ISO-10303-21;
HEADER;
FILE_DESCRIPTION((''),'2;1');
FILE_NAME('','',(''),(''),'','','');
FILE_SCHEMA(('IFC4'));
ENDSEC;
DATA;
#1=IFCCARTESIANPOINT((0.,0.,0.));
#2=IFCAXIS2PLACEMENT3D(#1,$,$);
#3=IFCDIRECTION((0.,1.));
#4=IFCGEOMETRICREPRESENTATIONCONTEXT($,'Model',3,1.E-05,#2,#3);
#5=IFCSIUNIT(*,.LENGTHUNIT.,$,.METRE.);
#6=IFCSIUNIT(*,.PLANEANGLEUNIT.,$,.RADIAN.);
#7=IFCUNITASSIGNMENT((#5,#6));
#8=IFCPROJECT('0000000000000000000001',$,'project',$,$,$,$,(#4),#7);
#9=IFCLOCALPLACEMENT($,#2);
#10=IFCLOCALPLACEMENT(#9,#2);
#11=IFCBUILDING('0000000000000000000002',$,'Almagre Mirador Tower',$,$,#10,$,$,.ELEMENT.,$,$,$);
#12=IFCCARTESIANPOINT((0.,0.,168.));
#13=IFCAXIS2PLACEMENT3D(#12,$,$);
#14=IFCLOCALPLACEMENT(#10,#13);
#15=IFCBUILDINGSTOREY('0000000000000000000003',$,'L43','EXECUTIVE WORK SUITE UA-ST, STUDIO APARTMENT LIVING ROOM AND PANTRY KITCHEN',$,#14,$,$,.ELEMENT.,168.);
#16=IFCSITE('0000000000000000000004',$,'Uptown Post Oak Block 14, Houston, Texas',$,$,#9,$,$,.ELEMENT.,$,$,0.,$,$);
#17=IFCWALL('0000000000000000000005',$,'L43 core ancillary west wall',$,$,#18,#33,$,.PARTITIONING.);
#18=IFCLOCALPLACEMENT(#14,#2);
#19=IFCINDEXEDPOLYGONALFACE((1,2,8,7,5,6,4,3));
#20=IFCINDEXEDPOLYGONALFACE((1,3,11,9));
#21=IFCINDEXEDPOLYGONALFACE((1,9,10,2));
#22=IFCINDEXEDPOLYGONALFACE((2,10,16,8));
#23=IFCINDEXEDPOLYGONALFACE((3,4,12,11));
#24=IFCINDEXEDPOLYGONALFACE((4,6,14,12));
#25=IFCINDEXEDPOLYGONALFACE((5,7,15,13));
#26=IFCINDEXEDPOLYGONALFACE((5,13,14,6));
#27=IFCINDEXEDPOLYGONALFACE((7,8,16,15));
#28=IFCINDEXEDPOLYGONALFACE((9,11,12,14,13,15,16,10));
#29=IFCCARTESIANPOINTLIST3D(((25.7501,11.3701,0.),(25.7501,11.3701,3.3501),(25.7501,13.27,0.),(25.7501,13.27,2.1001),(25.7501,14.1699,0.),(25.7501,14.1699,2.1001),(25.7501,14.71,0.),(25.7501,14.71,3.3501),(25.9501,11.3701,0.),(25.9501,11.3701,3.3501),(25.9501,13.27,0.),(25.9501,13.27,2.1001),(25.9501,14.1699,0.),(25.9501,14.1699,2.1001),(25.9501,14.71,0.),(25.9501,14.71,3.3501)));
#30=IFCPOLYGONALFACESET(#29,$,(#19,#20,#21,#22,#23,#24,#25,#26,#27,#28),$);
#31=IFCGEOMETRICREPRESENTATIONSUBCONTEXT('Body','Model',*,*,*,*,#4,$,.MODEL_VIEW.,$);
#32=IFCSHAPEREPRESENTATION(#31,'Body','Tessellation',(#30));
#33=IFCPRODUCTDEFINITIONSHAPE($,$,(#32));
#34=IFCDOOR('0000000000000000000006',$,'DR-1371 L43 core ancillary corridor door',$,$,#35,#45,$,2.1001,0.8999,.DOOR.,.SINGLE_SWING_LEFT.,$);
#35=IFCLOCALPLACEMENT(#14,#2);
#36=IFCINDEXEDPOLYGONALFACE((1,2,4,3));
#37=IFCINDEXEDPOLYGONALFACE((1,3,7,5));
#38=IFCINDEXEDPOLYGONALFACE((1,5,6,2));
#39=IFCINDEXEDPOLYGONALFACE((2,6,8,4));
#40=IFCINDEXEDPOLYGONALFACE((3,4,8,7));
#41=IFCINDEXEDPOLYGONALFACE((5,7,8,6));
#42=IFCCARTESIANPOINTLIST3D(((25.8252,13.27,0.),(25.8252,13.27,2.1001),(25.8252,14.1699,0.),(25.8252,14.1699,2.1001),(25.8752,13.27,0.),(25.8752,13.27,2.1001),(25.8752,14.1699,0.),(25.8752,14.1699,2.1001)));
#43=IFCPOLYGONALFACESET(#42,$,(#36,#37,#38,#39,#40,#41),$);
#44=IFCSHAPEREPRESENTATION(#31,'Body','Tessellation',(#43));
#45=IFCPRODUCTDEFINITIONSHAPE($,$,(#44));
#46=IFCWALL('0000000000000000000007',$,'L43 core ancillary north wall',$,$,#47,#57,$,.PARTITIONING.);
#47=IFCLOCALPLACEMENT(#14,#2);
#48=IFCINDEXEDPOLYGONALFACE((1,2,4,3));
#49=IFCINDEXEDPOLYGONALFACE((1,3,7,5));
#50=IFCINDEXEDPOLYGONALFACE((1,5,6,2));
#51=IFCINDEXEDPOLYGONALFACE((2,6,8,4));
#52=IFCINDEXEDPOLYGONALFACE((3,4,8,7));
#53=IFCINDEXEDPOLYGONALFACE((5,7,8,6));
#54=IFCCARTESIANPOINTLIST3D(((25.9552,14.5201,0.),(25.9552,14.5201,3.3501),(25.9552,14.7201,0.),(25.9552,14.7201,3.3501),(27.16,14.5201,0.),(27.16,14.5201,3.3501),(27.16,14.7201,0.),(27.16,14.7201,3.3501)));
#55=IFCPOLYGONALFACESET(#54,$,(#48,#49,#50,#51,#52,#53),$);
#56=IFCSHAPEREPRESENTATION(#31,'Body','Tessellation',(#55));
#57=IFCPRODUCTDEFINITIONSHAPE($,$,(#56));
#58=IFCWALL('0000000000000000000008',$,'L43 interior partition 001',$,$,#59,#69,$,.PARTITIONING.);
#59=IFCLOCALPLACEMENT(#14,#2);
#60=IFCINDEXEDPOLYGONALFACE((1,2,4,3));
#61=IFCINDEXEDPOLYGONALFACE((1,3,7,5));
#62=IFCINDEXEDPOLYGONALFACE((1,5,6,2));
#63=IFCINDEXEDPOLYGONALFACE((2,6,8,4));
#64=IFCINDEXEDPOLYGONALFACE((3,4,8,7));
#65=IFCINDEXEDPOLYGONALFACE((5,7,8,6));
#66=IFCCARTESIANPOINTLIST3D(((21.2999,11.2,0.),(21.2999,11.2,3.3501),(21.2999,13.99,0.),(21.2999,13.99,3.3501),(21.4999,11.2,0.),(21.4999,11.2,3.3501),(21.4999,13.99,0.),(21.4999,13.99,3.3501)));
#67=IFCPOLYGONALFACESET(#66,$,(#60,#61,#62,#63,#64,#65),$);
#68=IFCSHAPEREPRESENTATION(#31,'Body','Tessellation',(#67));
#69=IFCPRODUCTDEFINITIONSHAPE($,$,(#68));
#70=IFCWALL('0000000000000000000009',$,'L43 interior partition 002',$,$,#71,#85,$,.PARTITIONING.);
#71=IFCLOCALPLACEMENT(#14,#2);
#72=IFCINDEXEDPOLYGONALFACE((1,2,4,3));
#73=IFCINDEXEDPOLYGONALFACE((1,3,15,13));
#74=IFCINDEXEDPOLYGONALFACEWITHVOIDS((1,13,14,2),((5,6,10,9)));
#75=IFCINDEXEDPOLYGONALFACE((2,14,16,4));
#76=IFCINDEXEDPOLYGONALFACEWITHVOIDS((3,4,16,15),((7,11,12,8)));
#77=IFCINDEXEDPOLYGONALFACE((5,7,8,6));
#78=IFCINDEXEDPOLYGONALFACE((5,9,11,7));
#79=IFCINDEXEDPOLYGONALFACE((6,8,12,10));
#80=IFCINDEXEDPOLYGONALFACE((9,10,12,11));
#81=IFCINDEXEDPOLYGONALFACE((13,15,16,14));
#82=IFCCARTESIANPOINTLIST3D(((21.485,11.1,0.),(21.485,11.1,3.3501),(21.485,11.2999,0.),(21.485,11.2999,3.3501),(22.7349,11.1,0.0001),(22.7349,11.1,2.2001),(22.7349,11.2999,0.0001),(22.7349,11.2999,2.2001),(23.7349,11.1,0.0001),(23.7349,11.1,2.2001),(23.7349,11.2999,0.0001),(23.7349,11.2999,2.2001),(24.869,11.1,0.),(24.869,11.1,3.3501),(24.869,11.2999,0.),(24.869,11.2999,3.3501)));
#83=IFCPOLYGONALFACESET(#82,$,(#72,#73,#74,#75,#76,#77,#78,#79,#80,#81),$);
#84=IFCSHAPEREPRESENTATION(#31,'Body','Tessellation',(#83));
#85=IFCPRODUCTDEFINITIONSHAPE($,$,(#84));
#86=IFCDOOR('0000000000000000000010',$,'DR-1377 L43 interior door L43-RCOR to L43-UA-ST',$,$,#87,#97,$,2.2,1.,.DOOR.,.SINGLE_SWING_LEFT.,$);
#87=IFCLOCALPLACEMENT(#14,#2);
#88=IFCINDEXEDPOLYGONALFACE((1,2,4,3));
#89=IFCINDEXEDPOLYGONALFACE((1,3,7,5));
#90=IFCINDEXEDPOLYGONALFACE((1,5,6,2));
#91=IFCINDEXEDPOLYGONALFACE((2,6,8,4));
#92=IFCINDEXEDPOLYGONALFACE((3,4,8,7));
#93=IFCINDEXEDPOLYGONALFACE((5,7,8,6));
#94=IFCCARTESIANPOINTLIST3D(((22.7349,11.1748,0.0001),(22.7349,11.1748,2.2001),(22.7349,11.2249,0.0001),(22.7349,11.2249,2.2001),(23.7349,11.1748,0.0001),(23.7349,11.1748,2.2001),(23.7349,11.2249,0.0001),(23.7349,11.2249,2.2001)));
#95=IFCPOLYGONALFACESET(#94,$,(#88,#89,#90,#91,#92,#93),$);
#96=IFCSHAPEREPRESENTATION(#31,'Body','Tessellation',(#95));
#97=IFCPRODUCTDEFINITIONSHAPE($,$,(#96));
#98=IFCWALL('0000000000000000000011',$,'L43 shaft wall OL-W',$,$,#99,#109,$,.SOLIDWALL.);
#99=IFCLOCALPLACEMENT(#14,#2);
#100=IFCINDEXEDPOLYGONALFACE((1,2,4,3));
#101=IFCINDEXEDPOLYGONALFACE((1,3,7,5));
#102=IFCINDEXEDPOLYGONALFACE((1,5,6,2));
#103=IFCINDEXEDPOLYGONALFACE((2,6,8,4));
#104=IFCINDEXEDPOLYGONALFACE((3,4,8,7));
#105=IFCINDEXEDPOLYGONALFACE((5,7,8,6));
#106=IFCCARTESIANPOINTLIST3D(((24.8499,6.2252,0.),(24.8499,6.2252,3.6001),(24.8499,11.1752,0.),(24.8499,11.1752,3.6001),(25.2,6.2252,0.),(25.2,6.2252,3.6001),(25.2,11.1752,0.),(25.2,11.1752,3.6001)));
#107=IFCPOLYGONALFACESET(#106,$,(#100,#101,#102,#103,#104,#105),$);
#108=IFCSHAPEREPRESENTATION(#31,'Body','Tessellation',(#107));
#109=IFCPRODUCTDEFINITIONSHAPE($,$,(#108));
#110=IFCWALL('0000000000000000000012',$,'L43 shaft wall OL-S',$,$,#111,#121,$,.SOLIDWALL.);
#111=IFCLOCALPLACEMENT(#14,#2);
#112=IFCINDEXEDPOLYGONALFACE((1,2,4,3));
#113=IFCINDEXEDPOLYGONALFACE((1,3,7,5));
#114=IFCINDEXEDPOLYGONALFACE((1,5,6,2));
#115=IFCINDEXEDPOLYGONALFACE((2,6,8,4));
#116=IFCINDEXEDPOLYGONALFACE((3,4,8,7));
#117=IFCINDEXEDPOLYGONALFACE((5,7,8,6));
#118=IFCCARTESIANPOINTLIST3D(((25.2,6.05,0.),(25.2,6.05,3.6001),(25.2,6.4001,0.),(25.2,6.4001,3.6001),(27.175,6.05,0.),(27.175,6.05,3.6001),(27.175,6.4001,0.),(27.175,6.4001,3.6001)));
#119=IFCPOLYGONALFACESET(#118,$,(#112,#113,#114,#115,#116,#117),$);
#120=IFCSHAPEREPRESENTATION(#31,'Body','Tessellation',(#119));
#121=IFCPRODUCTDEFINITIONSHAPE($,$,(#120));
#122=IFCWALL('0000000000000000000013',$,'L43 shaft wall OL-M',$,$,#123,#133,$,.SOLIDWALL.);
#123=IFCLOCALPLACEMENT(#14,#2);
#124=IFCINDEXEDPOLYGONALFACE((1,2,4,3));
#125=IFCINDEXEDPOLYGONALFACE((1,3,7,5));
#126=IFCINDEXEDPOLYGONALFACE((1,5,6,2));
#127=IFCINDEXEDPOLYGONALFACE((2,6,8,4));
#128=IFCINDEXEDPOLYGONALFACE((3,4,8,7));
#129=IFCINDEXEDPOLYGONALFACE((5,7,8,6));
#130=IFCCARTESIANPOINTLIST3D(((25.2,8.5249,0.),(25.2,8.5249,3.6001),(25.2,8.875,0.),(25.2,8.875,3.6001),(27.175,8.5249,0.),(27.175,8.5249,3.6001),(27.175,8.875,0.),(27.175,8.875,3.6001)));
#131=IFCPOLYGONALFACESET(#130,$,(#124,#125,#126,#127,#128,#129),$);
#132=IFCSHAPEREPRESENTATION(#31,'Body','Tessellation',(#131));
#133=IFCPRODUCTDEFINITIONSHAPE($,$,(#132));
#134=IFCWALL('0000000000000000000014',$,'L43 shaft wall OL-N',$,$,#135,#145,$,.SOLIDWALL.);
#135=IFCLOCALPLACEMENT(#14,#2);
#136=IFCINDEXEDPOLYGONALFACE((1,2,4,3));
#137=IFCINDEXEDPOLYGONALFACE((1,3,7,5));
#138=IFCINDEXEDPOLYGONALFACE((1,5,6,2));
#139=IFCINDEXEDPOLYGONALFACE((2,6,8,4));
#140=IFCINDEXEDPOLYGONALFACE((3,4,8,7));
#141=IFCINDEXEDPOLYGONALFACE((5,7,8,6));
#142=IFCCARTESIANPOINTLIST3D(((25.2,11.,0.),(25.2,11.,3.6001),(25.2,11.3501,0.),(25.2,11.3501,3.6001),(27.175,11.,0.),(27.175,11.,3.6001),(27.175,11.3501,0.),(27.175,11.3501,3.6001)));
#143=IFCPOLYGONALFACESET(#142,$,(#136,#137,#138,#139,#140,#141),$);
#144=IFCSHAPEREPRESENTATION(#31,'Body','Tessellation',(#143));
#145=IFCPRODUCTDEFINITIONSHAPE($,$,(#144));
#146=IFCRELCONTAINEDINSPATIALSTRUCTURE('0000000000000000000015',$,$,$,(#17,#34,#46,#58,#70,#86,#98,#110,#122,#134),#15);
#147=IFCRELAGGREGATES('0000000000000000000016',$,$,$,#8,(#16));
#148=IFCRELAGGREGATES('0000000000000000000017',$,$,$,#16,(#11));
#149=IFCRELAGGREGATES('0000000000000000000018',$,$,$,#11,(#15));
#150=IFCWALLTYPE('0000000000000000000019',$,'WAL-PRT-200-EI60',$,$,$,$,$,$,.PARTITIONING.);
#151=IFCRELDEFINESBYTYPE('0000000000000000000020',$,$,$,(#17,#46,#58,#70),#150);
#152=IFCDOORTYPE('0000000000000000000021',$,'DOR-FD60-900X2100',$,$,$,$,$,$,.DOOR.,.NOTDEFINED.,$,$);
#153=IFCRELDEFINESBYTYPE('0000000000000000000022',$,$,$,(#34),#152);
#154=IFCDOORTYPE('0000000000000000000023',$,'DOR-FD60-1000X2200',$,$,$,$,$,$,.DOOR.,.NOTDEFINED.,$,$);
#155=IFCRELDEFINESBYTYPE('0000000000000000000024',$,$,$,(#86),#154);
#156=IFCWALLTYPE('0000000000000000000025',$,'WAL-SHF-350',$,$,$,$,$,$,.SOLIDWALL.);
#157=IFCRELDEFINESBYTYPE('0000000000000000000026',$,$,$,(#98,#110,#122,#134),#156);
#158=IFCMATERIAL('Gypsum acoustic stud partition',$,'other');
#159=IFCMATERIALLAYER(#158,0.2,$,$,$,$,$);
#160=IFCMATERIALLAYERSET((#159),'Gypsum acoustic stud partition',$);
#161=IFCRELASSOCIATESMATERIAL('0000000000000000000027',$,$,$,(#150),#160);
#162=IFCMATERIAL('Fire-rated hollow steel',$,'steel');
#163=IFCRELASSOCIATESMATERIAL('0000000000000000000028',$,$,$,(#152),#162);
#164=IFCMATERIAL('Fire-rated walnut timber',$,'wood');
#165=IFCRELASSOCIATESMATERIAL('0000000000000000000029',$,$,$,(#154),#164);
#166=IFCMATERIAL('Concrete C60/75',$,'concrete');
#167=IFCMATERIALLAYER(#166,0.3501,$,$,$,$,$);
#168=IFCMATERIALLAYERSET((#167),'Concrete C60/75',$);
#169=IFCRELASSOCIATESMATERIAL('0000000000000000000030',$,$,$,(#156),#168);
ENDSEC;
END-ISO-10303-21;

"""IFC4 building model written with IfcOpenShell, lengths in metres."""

from ifc_helpers import new_model, si_unit, direction, frame, frame_2d, origin, place, context, subcontext, project, spatial, rectangle, extrude, material, layer, layer_set, type_object, element, fill, save


model = new_model("IFC4")

# Units and contexts
model_context = context("Model", 3, precision=1e-05, world=origin(), true_north=direction((0.0, 1.0)))
body_context = subcontext(model_context, "Body", "Model", "MODEL_VIEW")
ifc_project = project(units=[si_unit("LENGTHUNIT", "METRE"), si_unit("PLANEANGLEUNIT", "RADIAN")], contexts=[model_context])

# Site, building, storey
site_placement = place(None, origin())
site = spatial("IfcSite", under=ifc_project, at=site_placement, Name="Uptown Post Oak Block 14, Houston, Texas", CompositionType="ELEMENT", RefElevation=0.0)
building_placement = place(site_placement, origin())
building = spatial("IfcBuilding", under=site, at=building_placement, Name="Almagre Mirador Tower", CompositionType="ELEMENT")
storey_placement = place(building_placement, frame((0.0, 0.0, 168.0)))
storey = spatial("IfcBuildingStorey", under=building, at=storey_placement, Name="L43", Description="EXECUTIVE WORK SUITE UA-ST, STUDIO APARTMENT LIVING ROOM AND PANTRY KITCHEN", CompositionType="ELEMENT", Elevation=168.0)

# Wall, opening, door
ifc_material_1 = material(Name="Gypsum acoustic stud partition", Category="other")
ifc_layer_1 = layer(ifc_material_1, 0.2)
ifc_layer_set_1 = layer_set([ifc_layer_1], Name="Gypsum acoustic stud partition")
wall_type_1 = type_object("IfcWallType", Name="WAL-PRT-200-EI60", PredefinedType="PARTITIONING", material=ifc_layer_set_1)
wall_1_placement = place(storey_placement, frame((25.8501, 11.3701, 0.0), z_axis=(0.0, 0.0, 1.0), x_axis=(0.0, 1.0, 0.0)))
wall_1 = element("IfcWall", 1, at=wall_1_placement, inside=storey, type_object=wall_type_1, Name="L43 core ancillary west wall", PredefinedType="PARTITIONING", context=body_context, shape_type="SweptSolid", body=[
    extrude(rectangle(XDim=3.3398, YDim=0.2, at=frame_2d((1.6699, 0.0))), origin(), (0.0, 0.0, 1.0), 3.3501),
])
opening_1_placement = place(wall_1_placement, frame((1.8999, 0.0, 0.0)))
opening_1 = element("IfcOpeningElement", 2, at=opening_1_placement, cuts=wall_1, PredefinedType="OPENING", context=body_context, shape_type="SweptSolid", body=[
    extrude(rectangle(XDim=0.8999, YDim=2.1001, at=frame_2d((0.45, 1.05))), frame((0.0, 0.1101, 0.0), z_axis=(0.0, -1.0, 0.0), x_axis=(1.0, 0.0, 0.0)), (0.0, 0.0, 1.0), 0.22),
])
ifc_material_2 = material(Name="Fire-rated hollow steel", Category="steel")
door_type_1 = type_object("IfcDoorType", Name="DOR-FD60-900X2100", OperationType="NOTDEFINED", PredefinedType="DOOR", material=ifc_material_2)
door_1_placement = place(opening_1_placement, origin())
door_1 = element("IfcDoor", 3, at=door_1_placement, inside=storey, type_object=door_type_1, Name="DR-1371 L43 core ancillary corridor door", OperationType="SINGLE_SWING_LEFT", OverallHeight=2.1001, OverallWidth=0.8999, PredefinedType="DOOR", context=body_context, shape_type="SweptSolid", body=[
    extrude(rectangle(XDim=0.8999, YDim=2.1001, at=frame_2d((0.45, 1.05))), frame((0.0, 0.0249, 0.0), z_axis=(0.0, -1.0, 0.0), x_axis=(1.0, 0.0, 0.0)), (0.0, 0.0, 1.0), 0.05),
])
fill(opening_1, door_1)

# Walls
wall_2_placement = place(storey_placement, frame((25.9551, 14.6201, 0.0), z_axis=(0.0, 0.0, 1.0), x_axis=(1.0, 0.0, 0.0)))
element("IfcWall", 4, at=wall_2_placement, inside=storey, type_object=wall_type_1, Name="L43 core ancillary north wall", PredefinedType="PARTITIONING", context=body_context, shape_type="SweptSolid", body=[
    extrude(rectangle(XDim=1.2048, YDim=0.2, at=frame_2d((0.6025, 0.0))), origin(), (0.0, 0.0, 1.0), 3.3501),
])
wall_3_placement = place(storey_placement, frame((21.3999, 13.99, 0.0), z_axis=(0.0, 0.0, 1.0), x_axis=(0.0, -1.0, 0.0)))
element("IfcWall", 5, at=wall_3_placement, inside=storey, type_object=wall_type_1, Name="L43 interior partition 001", PredefinedType="PARTITIONING", context=body_context, shape_type="SweptSolid", body=[
    extrude(rectangle(XDim=2.79, YDim=0.2, at=frame_2d((1.395, 0.0))), origin(), (0.0, 0.0, 1.0), 3.3501),
])

# Wall, opening, door
wall_4_placement = place(storey_placement, frame((21.4851, 11.2, 0.0), z_axis=(0.0, 0.0, 1.0), x_axis=(1.0, 0.0, 0.0)))
wall_4 = element("IfcWall", 6, at=wall_4_placement, inside=storey, type_object=wall_type_1, Name="L43 interior partition 002", PredefinedType="PARTITIONING", context=body_context, shape_type="SweptSolid", body=[
    extrude(rectangle(XDim=3.384, YDim=0.2, at=frame_2d((1.6919, 0.0))), origin(), (0.0, 0.0, 1.0), 3.3501),
])
opening_2_placement = place(wall_4_placement, frame((1.2498, 0.0, 0.0)))
opening_2 = element("IfcOpeningElement", 7, at=opening_2_placement, cuts=wall_4, PredefinedType="OPENING", context=body_context, shape_type="SweptSolid", body=[
    extrude(rectangle(XDim=1.0, YDim=2.2, at=frame_2d((0.5, 1.1001))), frame((0.0, 0.1101, 0.0), z_axis=(0.0, -1.0, 0.0), x_axis=(1.0, 0.0, 0.0)), (0.0, 0.0, 1.0), 0.22),
])
ifc_material_3 = material(Name="Fire-rated walnut timber", Category="wood")
door_type_2 = type_object("IfcDoorType", Name="DOR-FD60-1000X2200", OperationType="NOTDEFINED", PredefinedType="DOOR", material=ifc_material_3)
door_2_placement = place(opening_2_placement, origin())
door_2 = element("IfcDoor", 8, at=door_2_placement, inside=storey, type_object=door_type_2, Name="DR-1377 L43 interior door L43-RCOR to L43-UA-ST", OperationType="SINGLE_SWING_LEFT", OverallHeight=2.2, OverallWidth=1.0, PredefinedType="DOOR", context=body_context, shape_type="SweptSolid", body=[
    extrude(rectangle(XDim=1.0, YDim=2.2, at=frame_2d((0.5, 1.1001))), frame((0.0, 0.0249, 0.0), z_axis=(0.0, -1.0, 0.0), x_axis=(1.0, 0.0, 0.0)), (0.0, 0.0, 1.0), 0.05),
])
fill(opening_2, door_2)

# Walls
ifc_material_4 = material(Name="Concrete C60/75", Category="concrete")
ifc_layer_2 = layer(ifc_material_4, 0.3501)
ifc_layer_set_2 = layer_set([ifc_layer_2], Name="Concrete C60/75")
wall_type_2 = type_object("IfcWallType", Name="WAL-SHF-350", PredefinedType="SOLIDWALL", material=ifc_layer_set_2)
wall_5_placement = place(storey_placement, frame((25.0249, 6.2251, 0.0), z_axis=(0.0, 0.0, 1.0), x_axis=(0.0, 1.0, 0.0)))
element("IfcWall", 9, at=wall_5_placement, inside=storey, type_object=wall_type_2, Name="L43 shaft wall OL-W", PredefinedType="SOLIDWALL", context=body_context, shape_type="SweptSolid", body=[
    extrude(rectangle(XDim=4.95, YDim=0.3501, at=frame_2d((2.4751, 0.0))), origin(), (0.0, 0.0, 1.0), 3.6001),
])
for number, where, z_axis, x_axis, name in (
    (10, (25.2, 6.2251, 0.0), (0.0, 0.0, 1.0), (1.0, 0.0, 0.0), "L43 shaft wall OL-S"),
    (11, (25.2, 8.7, 0.0), (0.0, 0.0, 1.0), (1.0, 0.0, 0.0), "L43 shaft wall OL-M"),
    (12, (25.2, 11.175, 0.0), (0.0, 0.0, 1.0), (1.0, 0.0, 0.0), "L43 shaft wall OL-N"),
):
    element("IfcWall", number, at=place(storey_placement, frame(where, z_axis=z_axis, x_axis=x_axis)), inside=storey, type_object=wall_type_2, Name=name, PredefinedType="SOLIDWALL", context=body_context, shape_type="SweptSolid", body=[
        extrude(rectangle(XDim=1.9751, YDim=0.3501, at=frame_2d((0.9875, 0.0))), origin(), (0.0, 0.0, 1.0), 3.6001),
    ])

save(model, "model.ifc")
